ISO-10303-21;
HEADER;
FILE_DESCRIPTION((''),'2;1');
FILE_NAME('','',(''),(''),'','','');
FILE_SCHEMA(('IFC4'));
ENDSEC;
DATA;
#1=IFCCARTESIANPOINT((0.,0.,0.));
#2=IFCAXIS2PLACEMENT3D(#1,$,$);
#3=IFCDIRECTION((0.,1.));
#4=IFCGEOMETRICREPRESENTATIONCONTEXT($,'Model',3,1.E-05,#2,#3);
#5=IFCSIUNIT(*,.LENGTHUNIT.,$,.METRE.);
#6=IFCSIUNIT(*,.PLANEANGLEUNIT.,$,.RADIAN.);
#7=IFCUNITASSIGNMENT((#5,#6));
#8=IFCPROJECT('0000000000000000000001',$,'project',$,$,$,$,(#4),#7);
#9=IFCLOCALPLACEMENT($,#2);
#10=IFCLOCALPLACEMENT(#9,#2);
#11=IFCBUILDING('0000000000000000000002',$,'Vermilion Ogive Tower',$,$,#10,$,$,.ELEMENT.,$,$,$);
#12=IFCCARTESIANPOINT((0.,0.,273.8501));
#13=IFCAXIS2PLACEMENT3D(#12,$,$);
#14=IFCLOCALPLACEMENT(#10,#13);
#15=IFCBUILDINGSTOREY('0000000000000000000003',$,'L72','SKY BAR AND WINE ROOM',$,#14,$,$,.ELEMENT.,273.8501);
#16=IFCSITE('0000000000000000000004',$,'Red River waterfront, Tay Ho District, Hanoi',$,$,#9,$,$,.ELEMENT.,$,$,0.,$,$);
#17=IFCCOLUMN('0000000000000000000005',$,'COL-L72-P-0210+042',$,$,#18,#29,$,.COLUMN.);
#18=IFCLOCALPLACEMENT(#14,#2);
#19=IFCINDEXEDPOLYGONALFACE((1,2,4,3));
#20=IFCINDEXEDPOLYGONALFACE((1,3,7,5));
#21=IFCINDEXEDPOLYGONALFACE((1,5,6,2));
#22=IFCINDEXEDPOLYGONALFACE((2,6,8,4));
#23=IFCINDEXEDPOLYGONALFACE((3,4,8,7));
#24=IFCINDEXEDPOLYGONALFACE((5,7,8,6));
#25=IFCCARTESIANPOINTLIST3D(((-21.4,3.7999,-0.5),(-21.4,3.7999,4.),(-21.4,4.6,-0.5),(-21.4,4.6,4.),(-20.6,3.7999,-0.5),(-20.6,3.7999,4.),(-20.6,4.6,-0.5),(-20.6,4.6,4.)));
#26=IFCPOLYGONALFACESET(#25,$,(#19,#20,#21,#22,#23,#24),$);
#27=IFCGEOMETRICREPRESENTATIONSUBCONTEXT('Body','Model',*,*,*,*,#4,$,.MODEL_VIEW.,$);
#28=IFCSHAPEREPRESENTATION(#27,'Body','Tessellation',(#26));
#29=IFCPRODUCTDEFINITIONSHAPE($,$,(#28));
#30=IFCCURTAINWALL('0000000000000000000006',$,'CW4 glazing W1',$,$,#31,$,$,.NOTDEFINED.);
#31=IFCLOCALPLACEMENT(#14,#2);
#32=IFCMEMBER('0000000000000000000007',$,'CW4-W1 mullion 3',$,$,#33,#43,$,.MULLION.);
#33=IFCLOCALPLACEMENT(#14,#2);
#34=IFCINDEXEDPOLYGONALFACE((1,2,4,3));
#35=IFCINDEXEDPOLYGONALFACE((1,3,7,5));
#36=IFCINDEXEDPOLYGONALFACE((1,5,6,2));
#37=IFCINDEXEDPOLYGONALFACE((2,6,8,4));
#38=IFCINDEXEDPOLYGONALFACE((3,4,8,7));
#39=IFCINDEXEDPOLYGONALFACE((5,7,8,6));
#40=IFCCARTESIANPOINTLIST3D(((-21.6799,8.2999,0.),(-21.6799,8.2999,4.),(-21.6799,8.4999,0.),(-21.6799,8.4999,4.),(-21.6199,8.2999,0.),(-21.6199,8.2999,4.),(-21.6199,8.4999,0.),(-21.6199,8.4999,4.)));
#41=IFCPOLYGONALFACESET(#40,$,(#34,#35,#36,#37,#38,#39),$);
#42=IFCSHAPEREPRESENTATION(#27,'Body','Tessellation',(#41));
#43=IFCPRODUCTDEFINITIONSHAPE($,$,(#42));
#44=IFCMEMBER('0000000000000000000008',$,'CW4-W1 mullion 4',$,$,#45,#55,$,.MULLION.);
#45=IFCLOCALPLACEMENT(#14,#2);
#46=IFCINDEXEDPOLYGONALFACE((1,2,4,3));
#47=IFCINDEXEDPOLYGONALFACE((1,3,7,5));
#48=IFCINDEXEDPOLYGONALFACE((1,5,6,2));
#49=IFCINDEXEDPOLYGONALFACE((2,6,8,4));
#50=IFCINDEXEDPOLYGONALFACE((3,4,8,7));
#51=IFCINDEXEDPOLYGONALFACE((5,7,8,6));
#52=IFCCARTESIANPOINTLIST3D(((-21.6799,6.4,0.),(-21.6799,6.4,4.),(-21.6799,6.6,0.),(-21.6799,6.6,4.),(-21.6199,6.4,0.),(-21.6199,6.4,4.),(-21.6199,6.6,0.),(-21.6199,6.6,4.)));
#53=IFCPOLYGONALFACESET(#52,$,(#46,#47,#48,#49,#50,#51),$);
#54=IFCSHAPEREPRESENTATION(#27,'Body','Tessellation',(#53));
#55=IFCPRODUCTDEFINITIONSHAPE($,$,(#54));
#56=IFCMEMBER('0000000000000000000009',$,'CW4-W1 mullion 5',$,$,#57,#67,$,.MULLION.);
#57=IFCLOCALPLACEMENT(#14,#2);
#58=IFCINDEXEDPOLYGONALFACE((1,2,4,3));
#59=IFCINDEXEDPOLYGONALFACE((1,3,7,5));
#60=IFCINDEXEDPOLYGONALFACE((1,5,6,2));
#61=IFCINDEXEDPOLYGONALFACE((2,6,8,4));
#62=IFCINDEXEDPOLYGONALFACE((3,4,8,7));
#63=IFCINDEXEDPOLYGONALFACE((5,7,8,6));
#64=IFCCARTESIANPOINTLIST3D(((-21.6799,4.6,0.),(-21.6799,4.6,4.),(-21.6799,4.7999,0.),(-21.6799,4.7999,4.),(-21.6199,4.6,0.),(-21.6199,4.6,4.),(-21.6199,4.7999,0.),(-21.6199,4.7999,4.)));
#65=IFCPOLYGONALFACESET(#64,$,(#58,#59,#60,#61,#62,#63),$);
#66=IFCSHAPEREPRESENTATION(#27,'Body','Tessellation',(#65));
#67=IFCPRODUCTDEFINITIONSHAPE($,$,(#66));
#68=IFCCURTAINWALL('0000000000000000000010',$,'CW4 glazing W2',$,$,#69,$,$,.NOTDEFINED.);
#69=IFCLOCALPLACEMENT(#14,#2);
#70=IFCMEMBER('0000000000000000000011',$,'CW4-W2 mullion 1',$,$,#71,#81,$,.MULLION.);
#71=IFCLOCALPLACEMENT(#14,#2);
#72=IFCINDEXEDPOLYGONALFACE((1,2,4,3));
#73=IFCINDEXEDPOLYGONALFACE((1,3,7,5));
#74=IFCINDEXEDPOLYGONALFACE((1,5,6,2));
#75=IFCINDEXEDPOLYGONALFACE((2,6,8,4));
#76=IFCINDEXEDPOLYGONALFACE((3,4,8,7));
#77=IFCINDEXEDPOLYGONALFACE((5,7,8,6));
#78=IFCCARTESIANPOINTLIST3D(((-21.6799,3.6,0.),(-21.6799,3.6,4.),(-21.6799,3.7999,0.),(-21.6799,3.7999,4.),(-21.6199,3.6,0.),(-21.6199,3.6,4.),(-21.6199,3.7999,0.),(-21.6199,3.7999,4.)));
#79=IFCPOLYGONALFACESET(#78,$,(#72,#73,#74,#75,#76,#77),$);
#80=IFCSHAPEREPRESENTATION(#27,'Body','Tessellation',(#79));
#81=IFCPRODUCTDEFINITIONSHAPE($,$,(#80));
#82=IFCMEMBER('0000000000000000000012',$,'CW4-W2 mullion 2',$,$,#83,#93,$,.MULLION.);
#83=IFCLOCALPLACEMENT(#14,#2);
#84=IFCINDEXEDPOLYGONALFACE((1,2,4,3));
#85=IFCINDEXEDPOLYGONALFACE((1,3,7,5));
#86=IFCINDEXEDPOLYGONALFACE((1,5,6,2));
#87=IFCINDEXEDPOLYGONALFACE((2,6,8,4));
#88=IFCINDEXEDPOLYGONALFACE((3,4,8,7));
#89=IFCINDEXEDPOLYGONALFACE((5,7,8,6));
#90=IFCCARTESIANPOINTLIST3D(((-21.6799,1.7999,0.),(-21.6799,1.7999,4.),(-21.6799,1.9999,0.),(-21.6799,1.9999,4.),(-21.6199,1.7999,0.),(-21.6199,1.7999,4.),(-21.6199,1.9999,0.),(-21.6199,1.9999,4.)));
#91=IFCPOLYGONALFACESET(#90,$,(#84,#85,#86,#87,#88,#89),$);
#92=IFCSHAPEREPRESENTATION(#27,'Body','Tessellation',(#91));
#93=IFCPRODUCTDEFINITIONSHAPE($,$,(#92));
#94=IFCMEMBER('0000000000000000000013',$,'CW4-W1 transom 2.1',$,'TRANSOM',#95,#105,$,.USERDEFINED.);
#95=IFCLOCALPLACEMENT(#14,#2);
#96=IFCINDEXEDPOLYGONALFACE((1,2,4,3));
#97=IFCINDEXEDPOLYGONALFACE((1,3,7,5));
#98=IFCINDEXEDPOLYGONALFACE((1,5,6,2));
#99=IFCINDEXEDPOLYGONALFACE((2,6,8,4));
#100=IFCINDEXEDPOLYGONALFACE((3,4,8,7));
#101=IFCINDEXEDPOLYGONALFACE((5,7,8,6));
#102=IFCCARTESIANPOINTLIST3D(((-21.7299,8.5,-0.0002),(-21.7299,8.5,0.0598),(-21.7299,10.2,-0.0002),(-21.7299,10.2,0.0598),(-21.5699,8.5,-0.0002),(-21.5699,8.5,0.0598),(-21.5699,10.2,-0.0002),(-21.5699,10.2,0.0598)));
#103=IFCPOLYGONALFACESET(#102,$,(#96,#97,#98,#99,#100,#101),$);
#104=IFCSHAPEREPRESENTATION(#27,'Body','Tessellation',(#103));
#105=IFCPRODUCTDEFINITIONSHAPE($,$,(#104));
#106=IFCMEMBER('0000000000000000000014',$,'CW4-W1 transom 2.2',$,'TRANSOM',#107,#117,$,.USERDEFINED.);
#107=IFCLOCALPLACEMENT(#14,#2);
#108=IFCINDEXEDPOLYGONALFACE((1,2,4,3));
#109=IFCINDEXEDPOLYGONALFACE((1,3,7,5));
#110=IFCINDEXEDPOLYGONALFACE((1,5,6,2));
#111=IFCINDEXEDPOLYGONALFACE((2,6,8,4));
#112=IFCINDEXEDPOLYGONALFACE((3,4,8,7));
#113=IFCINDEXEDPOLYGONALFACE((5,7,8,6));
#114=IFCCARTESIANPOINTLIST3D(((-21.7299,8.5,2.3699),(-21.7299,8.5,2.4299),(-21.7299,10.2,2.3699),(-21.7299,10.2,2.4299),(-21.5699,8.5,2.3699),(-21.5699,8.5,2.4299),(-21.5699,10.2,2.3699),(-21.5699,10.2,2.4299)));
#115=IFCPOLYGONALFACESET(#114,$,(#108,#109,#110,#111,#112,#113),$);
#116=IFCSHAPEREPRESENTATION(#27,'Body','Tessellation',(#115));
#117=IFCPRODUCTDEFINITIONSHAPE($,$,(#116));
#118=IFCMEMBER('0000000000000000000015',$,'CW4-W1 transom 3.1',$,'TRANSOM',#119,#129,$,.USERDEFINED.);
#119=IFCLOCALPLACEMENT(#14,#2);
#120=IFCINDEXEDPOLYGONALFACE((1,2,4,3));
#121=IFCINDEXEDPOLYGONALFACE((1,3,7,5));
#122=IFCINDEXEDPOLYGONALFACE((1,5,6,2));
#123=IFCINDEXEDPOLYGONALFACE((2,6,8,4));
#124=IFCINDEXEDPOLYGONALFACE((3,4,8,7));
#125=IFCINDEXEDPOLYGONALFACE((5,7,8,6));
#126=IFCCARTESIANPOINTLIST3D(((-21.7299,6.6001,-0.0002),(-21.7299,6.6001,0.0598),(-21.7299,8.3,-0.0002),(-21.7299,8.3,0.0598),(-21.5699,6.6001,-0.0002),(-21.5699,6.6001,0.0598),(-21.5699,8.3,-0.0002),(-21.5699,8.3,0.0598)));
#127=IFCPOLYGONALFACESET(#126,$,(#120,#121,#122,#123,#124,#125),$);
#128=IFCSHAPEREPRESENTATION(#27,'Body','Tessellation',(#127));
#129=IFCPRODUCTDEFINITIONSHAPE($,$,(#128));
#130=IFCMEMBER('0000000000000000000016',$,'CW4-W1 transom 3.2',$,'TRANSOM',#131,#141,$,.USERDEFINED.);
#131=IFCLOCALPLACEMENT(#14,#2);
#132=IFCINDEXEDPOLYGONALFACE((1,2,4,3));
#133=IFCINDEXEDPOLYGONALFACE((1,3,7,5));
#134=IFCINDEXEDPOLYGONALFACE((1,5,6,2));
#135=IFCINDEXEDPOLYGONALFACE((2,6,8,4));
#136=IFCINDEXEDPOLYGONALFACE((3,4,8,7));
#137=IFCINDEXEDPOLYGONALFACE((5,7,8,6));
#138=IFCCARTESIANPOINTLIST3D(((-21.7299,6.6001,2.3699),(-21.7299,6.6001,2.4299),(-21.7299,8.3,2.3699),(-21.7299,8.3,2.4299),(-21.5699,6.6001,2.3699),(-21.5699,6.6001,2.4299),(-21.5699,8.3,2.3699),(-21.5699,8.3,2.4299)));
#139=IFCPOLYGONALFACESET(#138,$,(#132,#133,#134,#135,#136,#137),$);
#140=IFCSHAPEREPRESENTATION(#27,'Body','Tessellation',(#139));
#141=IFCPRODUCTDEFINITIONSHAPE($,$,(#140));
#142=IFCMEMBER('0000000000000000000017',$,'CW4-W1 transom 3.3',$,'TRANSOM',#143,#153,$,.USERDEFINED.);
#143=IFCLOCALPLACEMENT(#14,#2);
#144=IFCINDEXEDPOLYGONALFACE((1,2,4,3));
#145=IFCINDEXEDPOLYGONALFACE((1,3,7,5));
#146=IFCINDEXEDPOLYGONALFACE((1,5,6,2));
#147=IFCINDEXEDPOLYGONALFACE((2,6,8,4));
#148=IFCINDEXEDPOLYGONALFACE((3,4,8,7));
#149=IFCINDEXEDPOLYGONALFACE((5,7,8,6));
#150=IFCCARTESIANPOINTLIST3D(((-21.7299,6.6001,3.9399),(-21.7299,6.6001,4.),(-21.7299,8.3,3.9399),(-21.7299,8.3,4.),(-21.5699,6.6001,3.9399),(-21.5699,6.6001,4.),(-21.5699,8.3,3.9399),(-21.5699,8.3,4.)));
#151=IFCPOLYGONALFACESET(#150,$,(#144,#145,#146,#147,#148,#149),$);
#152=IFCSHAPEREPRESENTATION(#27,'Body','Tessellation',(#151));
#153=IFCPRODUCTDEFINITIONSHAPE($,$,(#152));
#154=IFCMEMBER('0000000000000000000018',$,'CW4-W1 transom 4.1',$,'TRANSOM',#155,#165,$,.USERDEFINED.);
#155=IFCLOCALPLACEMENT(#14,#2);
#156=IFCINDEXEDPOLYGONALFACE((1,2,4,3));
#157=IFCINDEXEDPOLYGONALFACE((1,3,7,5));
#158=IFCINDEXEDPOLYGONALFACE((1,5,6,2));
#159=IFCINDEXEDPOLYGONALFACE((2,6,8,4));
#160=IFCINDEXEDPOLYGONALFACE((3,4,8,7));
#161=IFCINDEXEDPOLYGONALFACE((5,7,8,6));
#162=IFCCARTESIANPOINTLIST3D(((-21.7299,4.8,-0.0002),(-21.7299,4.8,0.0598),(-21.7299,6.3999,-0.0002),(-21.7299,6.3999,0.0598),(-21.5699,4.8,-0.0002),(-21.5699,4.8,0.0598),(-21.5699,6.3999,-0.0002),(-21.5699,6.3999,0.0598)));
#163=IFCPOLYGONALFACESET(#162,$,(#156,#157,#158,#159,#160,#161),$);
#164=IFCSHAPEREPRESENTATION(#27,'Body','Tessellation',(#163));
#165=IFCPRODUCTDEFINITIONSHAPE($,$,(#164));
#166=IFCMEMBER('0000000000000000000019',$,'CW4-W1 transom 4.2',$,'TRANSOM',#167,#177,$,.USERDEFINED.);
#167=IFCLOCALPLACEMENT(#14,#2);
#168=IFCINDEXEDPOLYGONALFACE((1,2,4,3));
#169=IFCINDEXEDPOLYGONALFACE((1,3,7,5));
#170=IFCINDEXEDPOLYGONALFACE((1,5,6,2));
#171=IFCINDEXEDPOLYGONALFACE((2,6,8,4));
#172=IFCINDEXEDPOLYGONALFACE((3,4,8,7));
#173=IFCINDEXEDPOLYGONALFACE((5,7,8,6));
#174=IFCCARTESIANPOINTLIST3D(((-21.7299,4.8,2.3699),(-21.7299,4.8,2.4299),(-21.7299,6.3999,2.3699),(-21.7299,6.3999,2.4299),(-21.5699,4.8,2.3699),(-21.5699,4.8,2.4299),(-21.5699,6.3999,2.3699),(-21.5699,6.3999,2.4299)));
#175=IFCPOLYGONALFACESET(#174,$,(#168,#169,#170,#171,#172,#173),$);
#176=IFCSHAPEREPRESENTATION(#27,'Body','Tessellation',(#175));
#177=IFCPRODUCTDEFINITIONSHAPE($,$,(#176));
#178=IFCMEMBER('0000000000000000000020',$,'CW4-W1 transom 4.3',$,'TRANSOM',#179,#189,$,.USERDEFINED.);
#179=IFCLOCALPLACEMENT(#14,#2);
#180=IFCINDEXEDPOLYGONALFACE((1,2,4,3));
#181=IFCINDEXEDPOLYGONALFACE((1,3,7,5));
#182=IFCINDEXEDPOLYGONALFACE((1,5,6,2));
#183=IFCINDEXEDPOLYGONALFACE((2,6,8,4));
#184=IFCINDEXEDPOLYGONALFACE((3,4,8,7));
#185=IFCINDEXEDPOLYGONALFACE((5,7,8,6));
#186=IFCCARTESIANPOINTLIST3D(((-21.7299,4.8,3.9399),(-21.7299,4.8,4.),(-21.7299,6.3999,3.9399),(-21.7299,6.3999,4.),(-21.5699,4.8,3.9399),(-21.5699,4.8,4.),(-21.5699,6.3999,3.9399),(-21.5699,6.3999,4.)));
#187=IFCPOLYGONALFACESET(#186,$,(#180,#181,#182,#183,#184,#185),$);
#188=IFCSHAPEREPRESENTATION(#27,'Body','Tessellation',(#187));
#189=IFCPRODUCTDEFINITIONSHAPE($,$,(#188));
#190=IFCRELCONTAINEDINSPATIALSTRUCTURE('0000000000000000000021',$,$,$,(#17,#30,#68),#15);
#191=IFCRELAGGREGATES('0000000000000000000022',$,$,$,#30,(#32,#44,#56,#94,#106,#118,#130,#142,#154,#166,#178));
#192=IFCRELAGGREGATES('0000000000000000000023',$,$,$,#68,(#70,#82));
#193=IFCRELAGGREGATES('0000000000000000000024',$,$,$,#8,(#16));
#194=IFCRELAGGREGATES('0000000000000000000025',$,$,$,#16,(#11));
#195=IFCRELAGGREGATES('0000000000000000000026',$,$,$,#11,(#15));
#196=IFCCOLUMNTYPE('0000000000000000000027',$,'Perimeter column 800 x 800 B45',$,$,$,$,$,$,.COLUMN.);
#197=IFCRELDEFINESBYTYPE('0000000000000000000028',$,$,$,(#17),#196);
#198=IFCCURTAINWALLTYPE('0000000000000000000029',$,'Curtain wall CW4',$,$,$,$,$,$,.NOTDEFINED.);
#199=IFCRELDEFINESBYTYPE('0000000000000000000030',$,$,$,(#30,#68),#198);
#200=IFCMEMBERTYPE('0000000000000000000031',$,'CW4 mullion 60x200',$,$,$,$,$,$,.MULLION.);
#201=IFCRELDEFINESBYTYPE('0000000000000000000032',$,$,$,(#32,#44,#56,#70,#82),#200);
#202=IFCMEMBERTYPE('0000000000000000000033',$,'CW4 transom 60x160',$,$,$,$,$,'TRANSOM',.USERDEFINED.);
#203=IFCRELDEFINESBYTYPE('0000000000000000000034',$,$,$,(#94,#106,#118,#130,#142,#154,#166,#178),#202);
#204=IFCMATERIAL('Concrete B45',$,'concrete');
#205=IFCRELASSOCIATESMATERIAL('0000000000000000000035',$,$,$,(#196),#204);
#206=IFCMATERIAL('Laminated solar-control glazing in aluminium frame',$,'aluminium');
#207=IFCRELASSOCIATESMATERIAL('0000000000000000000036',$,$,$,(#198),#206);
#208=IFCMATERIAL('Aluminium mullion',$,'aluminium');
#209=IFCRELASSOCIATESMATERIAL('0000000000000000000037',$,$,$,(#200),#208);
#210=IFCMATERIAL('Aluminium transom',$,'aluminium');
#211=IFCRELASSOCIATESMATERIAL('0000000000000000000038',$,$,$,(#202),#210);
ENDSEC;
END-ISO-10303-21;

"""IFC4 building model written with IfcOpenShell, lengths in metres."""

from ifc_helpers import new_model, si_unit, direction, frame, origin, origin_2d, place, context, subcontext, project, spatial, rectangle, extrude, material, material_profile, profile_set, type_object, element, aggregate, save


model = new_model("IFC4")

# Units and contexts
model_context = context("Model", 3, precision=1e-05, world=origin(), true_north=direction((0.0, 1.0)))
body_context = subcontext(model_context, "Body", "Model", "MODEL_VIEW")
ifc_project = project(units=[si_unit("LENGTHUNIT", "METRE"), si_unit("PLANEANGLEUNIT", "RADIAN")], contexts=[model_context])

# Site, building, storey
site_placement = place(None, origin())
site = spatial("IfcSite", under=ifc_project, at=site_placement, Name="Red River waterfront, Tay Ho District, Hanoi", CompositionType="ELEMENT", RefElevation=0.0)
building_placement = place(site_placement, origin())
building = spatial("IfcBuilding", under=site, at=building_placement, Name="Vermilion Ogive Tower", CompositionType="ELEMENT")
storey_placement = place(building_placement, frame((0.0, 0.0, 273.8501)))
storey = spatial("IfcBuildingStorey", under=building, at=storey_placement, Name="L72", Description="SKY BAR AND WINE ROOM", CompositionType="ELEMENT", Elevation=273.8501)

# Column
ifc_material_1 = material(Name="Concrete B45", Category="concrete")
ifc_material_profile_1 = material_profile(ifc_material_1, rectangle(XDim=0.8, YDim=0.8, at=origin_2d()), Name="800 x 800")
ifc_profile_set_1 = profile_set([ifc_material_profile_1], Name="Concrete B45")
column_type = type_object("IfcColumnType", Name="Perimeter column 800 x 800 B45", PredefinedType="COLUMN", material=ifc_profile_set_1)
column_placement = place(storey_placement, frame((-21.0, 4.2, -0.5), z_axis=(0.0, 0.0, 1.0), x_axis=(1.0, 0.0, 0.0)))
element("IfcColumn", 1, at=column_placement, inside=storey, type_object=column_type, Name="COL-L72-P-0210+042", PredefinedType="COLUMN", context=body_context, shape_type="SweptSolid", body=[
    extrude(rectangle(XDim=0.8, YDim=0.8, at=origin_2d()), origin(), (0.0, 0.0, 1.0), 4.5),
])

# Curtain walls, members
ifc_material_2 = material(Name="Laminated solar-control glazing in aluminium frame", Category="aluminium")
curtain_wall_type = type_object("IfcCurtainWallType", Name="Curtain wall CW4", PredefinedType="NOTDEFINED", material=ifc_material_2)
curtain_wall_1_placement = place(storey_placement, origin())
curtain_wall_1 = element("IfcCurtainWall", 2, at=curtain_wall_1_placement, inside=storey, type_object=curtain_wall_type, Name="CW4 glazing W1", PredefinedType="NOTDEFINED")
ifc_material_3 = material(Name="Aluminium mullion", Category="aluminium")
ifc_material_profile_2 = material_profile(ifc_material_3, rectangle(XDim=0.0601, YDim=0.2, at=origin_2d()), Name="AL 60x200")
ifc_profile_set_2 = profile_set([ifc_material_profile_2], Name="Aluminium mullion")
member_type_1 = type_object("IfcMemberType", Name="CW4 mullion 60x200", PredefinedType="MULLION", material=ifc_profile_set_2)
member_1_placement = place(storey_placement, frame((-21.6499, 8.3999, 0.0), z_axis=(0.0, 0.0, 1.0), x_axis=(1.0, 0.0, 0.0)))
member_1 = element("IfcMember", 3, at=member_1_placement, type_object=member_type_1, Name="CW4-W1 mullion 3", PredefinedType="MULLION", context=body_context, shape_type="SweptSolid", body=[
    extrude(rectangle(XDim=0.0601, YDim=0.2, at=origin_2d()), origin(), (0.0, 0.0, 1.0), 4.0),
])
member_2_placement = place(storey_placement, frame((-21.6499, 6.5, 0.0), z_axis=(0.0, 0.0, 1.0), x_axis=(1.0, 0.0, 0.0)))
member_2 = element("IfcMember", 4, at=member_2_placement, type_object=member_type_1, Name="CW4-W1 mullion 4", PredefinedType="MULLION", context=body_context, shape_type="SweptSolid", body=[
    extrude(rectangle(XDim=0.0601, YDim=0.2, at=origin_2d()), origin(), (0.0, 0.0, 1.0), 4.0),
])
member_3_placement = place(storey_placement, frame((-21.6499, 4.7, 0.0), z_axis=(0.0, 0.0, 1.0), x_axis=(1.0, 0.0, 0.0)))
member_3 = element("IfcMember", 5, at=member_3_placement, type_object=member_type_1, Name="CW4-W1 mullion 5", PredefinedType="MULLION", context=body_context, shape_type="SweptSolid", body=[
    extrude(rectangle(XDim=0.0601, YDim=0.2, at=origin_2d()), origin(), (0.0, 0.0, 1.0), 4.0),
])
curtain_wall_2_placement = place(storey_placement, origin())
curtain_wall_2 = element("IfcCurtainWall", 6, at=curtain_wall_2_placement, inside=storey, type_object=curtain_wall_type, Name="CW4 glazing W2", PredefinedType="NOTDEFINED")
member_4_placement = place(storey_placement, frame((-21.6499, 3.7, 0.0), z_axis=(0.0, 0.0, 1.0), x_axis=(1.0, 0.0, 0.0)))
member_4 = element("IfcMember", 7, at=member_4_placement, type_object=member_type_1, Name="CW4-W2 mullion 1", PredefinedType="MULLION", context=body_context, shape_type="SweptSolid", body=[
    extrude(rectangle(XDim=0.0601, YDim=0.2, at=origin_2d()), origin(), (0.0, 0.0, 1.0), 4.0),
])
member_5_placement = place(storey_placement, frame((-21.6499, 1.8999, 0.0), z_axis=(0.0, 0.0, 1.0), x_axis=(1.0, 0.0, 0.0)))
member_5 = element("IfcMember", 8, at=member_5_placement, type_object=member_type_1, Name="CW4-W2 mullion 2", PredefinedType="MULLION", context=body_context, shape_type="SweptSolid", body=[
    extrude(rectangle(XDim=0.0601, YDim=0.2, at=origin_2d()), origin(), (0.0, 0.0, 1.0), 4.0),
])

# Members
ifc_material_4 = material(Name="Aluminium transom", Category="aluminium")
ifc_material_profile_3 = material_profile(ifc_material_4, rectangle(XDim=0.1599, YDim=0.0601, at=origin_2d()), Name="AL 60x160")
ifc_profile_set_3 = profile_set([ifc_material_profile_3], Name="Aluminium transom")
member_type_2 = type_object("IfcMemberType", Name="CW4 transom 60x160", ElementType="TRANSOM", PredefinedType="USERDEFINED", material=ifc_profile_set_3)
member_6_placement = place(storey_placement, frame((-21.6499, 10.2, 0.0298), z_axis=(0.0, -1.0, 0.0), x_axis=(1.0, 0.0, 0.0)))
member_6 = element("IfcMember", 9, at=member_6_placement, type_object=member_type_2, Name="CW4-W1 transom 2.1", ObjectType="TRANSOM", PredefinedType="USERDEFINED", context=body_context, shape_type="SweptSolid", body=[
    extrude(rectangle(XDim=0.1599, YDim=0.0601, at=origin_2d()), origin(), (0.0, 0.0, 1.0), 1.7),
])
member_7_placement = place(storey_placement, frame((-21.6499, 10.2, 2.3999), z_axis=(0.0, -1.0, 0.0), x_axis=(1.0, 0.0, 0.0)))
member_7 = element("IfcMember", 10, at=member_7_placement, type_object=member_type_2, Name="CW4-W1 transom 2.2", ObjectType="TRANSOM", PredefinedType="USERDEFINED", context=body_context, shape_type="SweptSolid", body=[
    extrude(rectangle(XDim=0.1599, YDim=0.0601, at=origin_2d()), origin(), (0.0, 0.0, 1.0), 1.7),
])
member_8_placement = place(storey_placement, frame((-21.6499, 8.3, 0.0298), z_axis=(0.0, -1.0, 0.0), x_axis=(1.0, 0.0, 0.0)))
member_8 = element("IfcMember", 11, at=member_8_placement, type_object=member_type_2, Name="CW4-W1 transom 3.1", ObjectType="TRANSOM", PredefinedType="USERDEFINED", context=body_context, shape_type="SweptSolid", body=[
    extrude(rectangle(XDim=0.1599, YDim=0.0601, at=origin_2d()), origin(), (0.0, 0.0, 1.0), 1.7),
])
member_9_placement = place(storey_placement, frame((-21.6499, 8.3, 2.3999), z_axis=(0.0, -1.0, 0.0), x_axis=(1.0, 0.0, 0.0)))
member_9 = element("IfcMember", 12, at=member_9_placement, type_object=member_type_2, Name="CW4-W1 transom 3.2", ObjectType="TRANSOM", PredefinedType="USERDEFINED", context=body_context, shape_type="SweptSolid", body=[
    extrude(rectangle(XDim=0.1599, YDim=0.0601, at=origin_2d()), origin(), (0.0, 0.0, 1.0), 1.7),
])
member_10_placement = place(storey_placement, frame((-21.6499, 8.3, 3.97), z_axis=(0.0, -1.0, 0.0), x_axis=(1.0, 0.0, 0.0)))
member_10 = element("IfcMember", 13, at=member_10_placement, type_object=member_type_2, Name="CW4-W1 transom 3.3", ObjectType="TRANSOM", PredefinedType="USERDEFINED", context=body_context, shape_type="SweptSolid", body=[
    extrude(rectangle(XDim=0.1599, YDim=0.0601, at=origin_2d()), origin(), (0.0, 0.0, 1.0), 1.7),
])
member_11_placement = place(storey_placement, frame((-21.6499, 6.3999, 0.0298), z_axis=(0.0, -1.0, 0.0), x_axis=(1.0, 0.0, 0.0)))
member_11 = element("IfcMember", 14, at=member_11_placement, type_object=member_type_2, Name="CW4-W1 transom 4.1", ObjectType="TRANSOM", PredefinedType="USERDEFINED", context=body_context, shape_type="SweptSolid", body=[
    extrude(rectangle(XDim=0.1599, YDim=0.0601, at=origin_2d()), origin(), (0.0, 0.0, 1.0), 1.5999),
])
member_12_placement = place(storey_placement, frame((-21.6499, 6.3999, 2.3999), z_axis=(0.0, -1.0, 0.0), x_axis=(1.0, 0.0, 0.0)))
member_12 = element("IfcMember", 15, at=member_12_placement, type_object=member_type_2, Name="CW4-W1 transom 4.2", ObjectType="TRANSOM", PredefinedType="USERDEFINED", context=body_context, shape_type="SweptSolid", body=[
    extrude(rectangle(XDim=0.1599, YDim=0.0601, at=origin_2d()), origin(), (0.0, 0.0, 1.0), 1.5999),
])
member_13_placement = place(storey_placement, frame((-21.6499, 6.3999, 3.97), z_axis=(0.0, -1.0, 0.0), x_axis=(1.0, 0.0, 0.0)))
member_13 = element("IfcMember", 16, at=member_13_placement, type_object=member_type_2, Name="CW4-W1 transom 4.3", ObjectType="TRANSOM", PredefinedType="USERDEFINED", context=body_context, shape_type="SweptSolid", body=[
    extrude(rectangle(XDim=0.1599, YDim=0.0601, at=origin_2d()), origin(), (0.0, 0.0, 1.0), 1.5999),
])

aggregate(curtain_wall_1, [member_1, member_2, member_3, member_6, member_7, member_8, member_9, member_10, member_11, member_12, member_13])
aggregate(curtain_wall_2, [member_4, member_5])

save(model, "model.ifc")
